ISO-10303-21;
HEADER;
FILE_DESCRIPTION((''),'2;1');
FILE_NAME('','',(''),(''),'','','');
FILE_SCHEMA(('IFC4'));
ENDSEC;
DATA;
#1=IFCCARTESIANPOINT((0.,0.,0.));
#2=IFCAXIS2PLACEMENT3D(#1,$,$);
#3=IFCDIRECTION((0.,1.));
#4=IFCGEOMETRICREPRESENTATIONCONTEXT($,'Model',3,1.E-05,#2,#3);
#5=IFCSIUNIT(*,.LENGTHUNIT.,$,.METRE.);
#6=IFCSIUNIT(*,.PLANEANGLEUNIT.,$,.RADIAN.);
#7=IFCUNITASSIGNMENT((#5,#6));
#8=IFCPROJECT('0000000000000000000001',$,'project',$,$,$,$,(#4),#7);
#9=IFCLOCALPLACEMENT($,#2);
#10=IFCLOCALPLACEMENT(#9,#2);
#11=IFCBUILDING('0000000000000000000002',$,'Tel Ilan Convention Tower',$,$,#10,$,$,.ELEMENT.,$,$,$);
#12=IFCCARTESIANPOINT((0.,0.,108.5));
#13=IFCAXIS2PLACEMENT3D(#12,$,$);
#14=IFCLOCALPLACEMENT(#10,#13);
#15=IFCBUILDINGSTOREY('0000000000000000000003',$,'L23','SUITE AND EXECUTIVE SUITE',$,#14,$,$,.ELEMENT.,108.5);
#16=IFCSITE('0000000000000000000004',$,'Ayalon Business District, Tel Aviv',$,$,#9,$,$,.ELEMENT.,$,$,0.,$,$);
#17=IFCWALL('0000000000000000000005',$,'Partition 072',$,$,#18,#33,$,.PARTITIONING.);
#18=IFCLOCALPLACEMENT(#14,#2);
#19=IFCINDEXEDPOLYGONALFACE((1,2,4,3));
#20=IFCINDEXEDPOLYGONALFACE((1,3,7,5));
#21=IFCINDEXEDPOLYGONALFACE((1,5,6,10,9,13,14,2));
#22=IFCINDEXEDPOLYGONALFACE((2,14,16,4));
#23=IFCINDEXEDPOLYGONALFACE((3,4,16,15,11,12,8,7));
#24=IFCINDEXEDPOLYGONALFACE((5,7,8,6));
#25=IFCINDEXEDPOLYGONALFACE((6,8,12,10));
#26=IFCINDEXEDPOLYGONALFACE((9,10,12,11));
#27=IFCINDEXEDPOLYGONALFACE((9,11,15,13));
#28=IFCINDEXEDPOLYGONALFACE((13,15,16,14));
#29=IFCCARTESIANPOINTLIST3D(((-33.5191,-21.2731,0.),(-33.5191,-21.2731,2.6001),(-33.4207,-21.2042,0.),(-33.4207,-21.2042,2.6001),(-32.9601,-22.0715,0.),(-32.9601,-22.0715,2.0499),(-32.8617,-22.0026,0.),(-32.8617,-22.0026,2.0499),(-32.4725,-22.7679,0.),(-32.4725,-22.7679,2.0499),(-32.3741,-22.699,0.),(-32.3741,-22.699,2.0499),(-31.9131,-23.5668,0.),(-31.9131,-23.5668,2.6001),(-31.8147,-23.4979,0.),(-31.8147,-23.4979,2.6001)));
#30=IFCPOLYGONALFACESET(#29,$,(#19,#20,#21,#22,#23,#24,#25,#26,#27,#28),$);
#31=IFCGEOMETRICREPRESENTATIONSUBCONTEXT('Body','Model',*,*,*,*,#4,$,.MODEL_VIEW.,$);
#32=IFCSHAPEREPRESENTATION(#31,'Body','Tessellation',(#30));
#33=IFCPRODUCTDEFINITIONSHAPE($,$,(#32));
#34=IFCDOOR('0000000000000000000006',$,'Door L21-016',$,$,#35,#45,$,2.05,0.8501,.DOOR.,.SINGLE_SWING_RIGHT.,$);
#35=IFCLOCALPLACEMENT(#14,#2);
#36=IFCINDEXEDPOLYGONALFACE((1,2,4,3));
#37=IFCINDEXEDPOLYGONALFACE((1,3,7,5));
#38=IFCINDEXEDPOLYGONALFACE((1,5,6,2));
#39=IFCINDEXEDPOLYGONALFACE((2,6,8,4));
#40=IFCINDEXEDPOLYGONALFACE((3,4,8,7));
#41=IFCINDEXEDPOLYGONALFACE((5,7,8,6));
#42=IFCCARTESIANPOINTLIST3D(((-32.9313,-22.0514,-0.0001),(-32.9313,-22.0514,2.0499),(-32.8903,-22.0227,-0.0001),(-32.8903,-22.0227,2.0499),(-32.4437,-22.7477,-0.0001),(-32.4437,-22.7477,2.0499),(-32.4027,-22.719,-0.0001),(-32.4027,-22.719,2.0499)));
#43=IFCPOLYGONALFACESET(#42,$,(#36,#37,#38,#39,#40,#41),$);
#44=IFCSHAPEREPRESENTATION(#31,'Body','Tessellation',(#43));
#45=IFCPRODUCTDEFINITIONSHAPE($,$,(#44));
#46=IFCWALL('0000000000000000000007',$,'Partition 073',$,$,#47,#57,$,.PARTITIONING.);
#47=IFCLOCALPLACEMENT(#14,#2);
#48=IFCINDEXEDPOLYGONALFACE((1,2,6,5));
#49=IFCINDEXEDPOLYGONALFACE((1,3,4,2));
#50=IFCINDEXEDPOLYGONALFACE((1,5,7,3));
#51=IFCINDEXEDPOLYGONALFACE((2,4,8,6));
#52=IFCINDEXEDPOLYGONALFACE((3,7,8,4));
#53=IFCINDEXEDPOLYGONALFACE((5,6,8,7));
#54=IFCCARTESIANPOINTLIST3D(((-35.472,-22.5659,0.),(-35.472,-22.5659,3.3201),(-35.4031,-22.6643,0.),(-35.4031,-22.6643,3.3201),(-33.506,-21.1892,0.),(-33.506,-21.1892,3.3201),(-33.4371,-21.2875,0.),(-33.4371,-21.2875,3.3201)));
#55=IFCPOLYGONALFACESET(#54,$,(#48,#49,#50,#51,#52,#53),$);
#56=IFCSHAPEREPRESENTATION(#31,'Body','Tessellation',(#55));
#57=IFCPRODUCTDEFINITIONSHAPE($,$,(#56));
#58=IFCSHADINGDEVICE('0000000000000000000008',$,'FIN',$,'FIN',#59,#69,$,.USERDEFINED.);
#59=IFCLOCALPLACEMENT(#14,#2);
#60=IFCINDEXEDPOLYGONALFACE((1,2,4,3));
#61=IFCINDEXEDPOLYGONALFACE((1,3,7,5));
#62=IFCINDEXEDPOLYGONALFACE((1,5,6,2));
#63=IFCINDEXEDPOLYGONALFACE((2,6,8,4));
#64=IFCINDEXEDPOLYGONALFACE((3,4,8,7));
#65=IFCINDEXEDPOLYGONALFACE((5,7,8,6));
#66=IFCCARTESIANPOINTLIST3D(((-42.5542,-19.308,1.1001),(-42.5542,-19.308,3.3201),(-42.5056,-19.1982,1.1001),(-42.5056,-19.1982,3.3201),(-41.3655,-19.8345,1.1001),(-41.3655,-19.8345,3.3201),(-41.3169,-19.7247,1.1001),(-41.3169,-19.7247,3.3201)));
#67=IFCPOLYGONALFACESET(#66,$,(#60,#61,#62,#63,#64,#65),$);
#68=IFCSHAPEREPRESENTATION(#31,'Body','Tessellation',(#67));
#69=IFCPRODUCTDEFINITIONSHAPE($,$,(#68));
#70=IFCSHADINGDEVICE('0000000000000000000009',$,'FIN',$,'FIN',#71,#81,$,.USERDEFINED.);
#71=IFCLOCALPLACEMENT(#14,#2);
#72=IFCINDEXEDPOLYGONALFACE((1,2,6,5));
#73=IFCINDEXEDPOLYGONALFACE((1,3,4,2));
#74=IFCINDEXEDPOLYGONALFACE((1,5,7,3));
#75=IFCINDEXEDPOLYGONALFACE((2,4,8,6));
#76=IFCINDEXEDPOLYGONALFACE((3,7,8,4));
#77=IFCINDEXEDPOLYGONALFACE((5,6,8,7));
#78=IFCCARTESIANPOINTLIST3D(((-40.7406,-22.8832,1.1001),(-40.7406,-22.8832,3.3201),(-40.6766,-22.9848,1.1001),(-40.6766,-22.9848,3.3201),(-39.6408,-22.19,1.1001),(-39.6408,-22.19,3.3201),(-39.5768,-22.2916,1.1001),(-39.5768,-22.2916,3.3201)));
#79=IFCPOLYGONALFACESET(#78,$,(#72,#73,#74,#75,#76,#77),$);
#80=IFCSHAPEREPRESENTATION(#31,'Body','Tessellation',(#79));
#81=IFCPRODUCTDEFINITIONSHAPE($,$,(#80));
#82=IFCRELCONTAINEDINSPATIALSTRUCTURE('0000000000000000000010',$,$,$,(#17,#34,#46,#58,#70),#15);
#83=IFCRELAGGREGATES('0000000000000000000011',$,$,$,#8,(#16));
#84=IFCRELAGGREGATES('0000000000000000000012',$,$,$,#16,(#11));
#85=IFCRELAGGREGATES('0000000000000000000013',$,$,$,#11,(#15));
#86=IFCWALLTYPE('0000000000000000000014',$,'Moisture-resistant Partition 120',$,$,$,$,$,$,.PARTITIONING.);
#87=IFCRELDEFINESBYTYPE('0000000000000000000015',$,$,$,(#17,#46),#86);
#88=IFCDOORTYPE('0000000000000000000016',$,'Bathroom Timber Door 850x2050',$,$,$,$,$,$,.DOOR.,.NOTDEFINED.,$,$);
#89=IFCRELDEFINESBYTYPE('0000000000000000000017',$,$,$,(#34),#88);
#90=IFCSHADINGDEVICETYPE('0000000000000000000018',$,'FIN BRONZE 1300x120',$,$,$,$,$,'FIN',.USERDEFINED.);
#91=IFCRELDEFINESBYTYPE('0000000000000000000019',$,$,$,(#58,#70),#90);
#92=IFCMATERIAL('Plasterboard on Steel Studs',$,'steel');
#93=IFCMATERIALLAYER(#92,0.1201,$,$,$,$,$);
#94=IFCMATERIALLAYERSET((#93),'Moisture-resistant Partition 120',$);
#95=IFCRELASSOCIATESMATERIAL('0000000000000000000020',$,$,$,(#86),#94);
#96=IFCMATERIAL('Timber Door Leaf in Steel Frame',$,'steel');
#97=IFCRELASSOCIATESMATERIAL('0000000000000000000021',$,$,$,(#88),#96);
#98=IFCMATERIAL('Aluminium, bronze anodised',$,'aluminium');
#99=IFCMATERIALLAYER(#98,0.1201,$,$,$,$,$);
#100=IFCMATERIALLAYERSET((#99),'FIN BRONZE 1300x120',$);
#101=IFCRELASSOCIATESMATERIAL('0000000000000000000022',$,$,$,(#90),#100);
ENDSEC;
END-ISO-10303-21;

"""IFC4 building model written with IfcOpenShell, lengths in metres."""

from ifc_helpers import new_model, si_unit, direction, frame, frame_2d, origin, origin_2d, place, context, subcontext, project, spatial, rectangle, extrude, material, layer, layer_set, type_object, element, fill, save


model = new_model("IFC4")

# Units and contexts
model_context = context("Model", 3, precision=1e-05, world=origin(), true_north=direction((0.0, 1.0)))
body_context = subcontext(model_context, "Body", "Model", "MODEL_VIEW")
ifc_project = project(units=[si_unit("LENGTHUNIT", "METRE"), si_unit("PLANEANGLEUNIT", "RADIAN")], contexts=[model_context])

# Site, building, storey
site_placement = place(None, origin())
site = spatial("IfcSite", under=ifc_project, at=site_placement, Name="Ayalon Business District, Tel Aviv", CompositionType="ELEMENT", RefElevation=0.0)
building_placement = place(site_placement, origin())
building = spatial("IfcBuilding", under=site, at=building_placement, Name="Tel Ilan Convention Tower", CompositionType="ELEMENT")
storey_placement = place(building_placement, frame((0.0, 0.0, 108.5)))
storey = spatial("IfcBuildingStorey", under=building, at=storey_placement, Name="L23", Description="SUITE AND EXECUTIVE SUITE", CompositionType="ELEMENT", Elevation=108.5)

# Wall, opening, door
ifc_material_1 = material(Name="Plasterboard on Steel Studs", Category="steel")
ifc_layer_1 = layer(ifc_material_1, 0.1201)
ifc_layer_set_1 = layer_set([ifc_layer_1], Name="Moisture-resistant Partition 120")
wall_type_1 = type_object("IfcWallType", Name="Moisture-resistant Partition 120", PredefinedType="PARTITIONING", material=ifc_layer_set_1)
wall_1_placement = place(storey_placement, frame((-31.864, -23.5322, 0.0), z_axis=(0.0, 0.0, 1.0), x_axis=(-0.57355, 0.81917, 0.0)))
wall_1 = element("IfcWall", 1, at=wall_1_placement, inside=storey, type_object=wall_type_1, Name="Partition 072", PredefinedType="PARTITIONING", context=body_context, shape_type="SweptSolid", body=[
    extrude(rectangle(XDim=2.8, YDim=0.1201, at=frame_2d((1.3999, 0.0))), origin(), (0.0, 0.0, 1.0), 2.6001),
])
opening_1_placement = place(wall_1_placement, frame((0.9751, 0.0, 0.0)))
opening_1 = element("IfcOpeningElement", 2, at=opening_1_placement, cuts=wall_1, PredefinedType="OPENING", context=body_context, shape_type="SweptSolid", body=[
    extrude(rectangle(XDim=0.8501, YDim=2.05, at=frame_2d((0.425, 1.0249))), frame((0.0, 0.0701, 0.0), z_axis=(0.0, -1.0, 0.0), x_axis=(1.0, 0.0, 0.0)), (0.0, 0.0, 1.0), 0.1401),
])
ifc_material_2 = material(Name="Timber Door Leaf in Steel Frame", Category="steel")
door_type_1 = type_object("IfcDoorType", Name="Bathroom Timber Door 850x2050", OperationType="NOTDEFINED", PredefinedType="DOOR", material=ifc_material_2)
door_1_placement = place(opening_1_placement, origin())
door_1 = element("IfcDoor", 3, at=door_1_placement, inside=storey, type_object=door_type_1, Name="Door L21-016", OperationType="SINGLE_SWING_RIGHT", OverallHeight=2.05, OverallWidth=0.8501, PredefinedType="DOOR", context=body_context, shape_type="SweptSolid", body=[
    extrude(rectangle(XDim=0.8501, YDim=2.05, at=frame_2d((0.425, 1.0249))), frame((0.0, 0.0249, 0.0), z_axis=(0.0, -1.0, 0.0), x_axis=(1.0, 0.0, 0.0)), (0.0, 0.0, 1.0), 0.05),
])
fill(opening_1, door_1)

# Wall
wall_2_placement = place(storey_placement, frame((-33.4714, -21.2383, 0.0), z_axis=(0.0, 0.0, 1.0), x_axis=(-0.819141, -0.573592, 0.0)))
element("IfcWall", 4, at=wall_2_placement, inside=storey, type_object=wall_type_1, Name="Partition 073", PredefinedType="PARTITIONING", context=body_context, shape_type="SweptSolid", body=[
    extrude(rectangle(XDim=2.4001, YDim=0.1201, at=frame_2d((1.2002, 0.0))), origin(), (0.0, 0.0, 1.0), 3.3201),
])

# Shading devices
ifc_material_3 = material(Name="Aluminium, bronze anodised", Category="aluminium")
ifc_layer_2 = layer(ifc_material_3, 0.1201)
ifc_layer_set_2 = layer_set([ifc_layer_2], Name="FIN BRONZE 1300x120")
shading_device_type = type_object("IfcShadingDeviceType", Name="FIN BRONZE 1300x120", ElementType="FIN", PredefinedType="USERDEFINED", material=ifc_layer_set_2)
for number, where, z_axis, x_axis, name in (
    (5, (-41.9355, -19.5164, 1.1001), (0.0, 0.0, 1.0), (-0.914333, 0.404964, 0.0), "FIN"),
    (6, (-40.1587, -22.5874, 1.1001), (0.0, 0.0, 1.0), (-0.845986, -0.533204, 0.0), "FIN"),
):
    element("IfcShadingDevice", number, at=place(storey_placement, frame(where, z_axis=z_axis, x_axis=x_axis)), inside=storey, type_object=shading_device_type, Name=name, ObjectType="FIN", PredefinedType="USERDEFINED", context=body_context, shape_type="SweptSolid", body=[
        extrude(rectangle(XDim=1.3, YDim=0.1201, at=origin_2d()), origin(), (0.0, 0.0, 1.0), 2.22),
    ])

save(model, "model.ifc")
